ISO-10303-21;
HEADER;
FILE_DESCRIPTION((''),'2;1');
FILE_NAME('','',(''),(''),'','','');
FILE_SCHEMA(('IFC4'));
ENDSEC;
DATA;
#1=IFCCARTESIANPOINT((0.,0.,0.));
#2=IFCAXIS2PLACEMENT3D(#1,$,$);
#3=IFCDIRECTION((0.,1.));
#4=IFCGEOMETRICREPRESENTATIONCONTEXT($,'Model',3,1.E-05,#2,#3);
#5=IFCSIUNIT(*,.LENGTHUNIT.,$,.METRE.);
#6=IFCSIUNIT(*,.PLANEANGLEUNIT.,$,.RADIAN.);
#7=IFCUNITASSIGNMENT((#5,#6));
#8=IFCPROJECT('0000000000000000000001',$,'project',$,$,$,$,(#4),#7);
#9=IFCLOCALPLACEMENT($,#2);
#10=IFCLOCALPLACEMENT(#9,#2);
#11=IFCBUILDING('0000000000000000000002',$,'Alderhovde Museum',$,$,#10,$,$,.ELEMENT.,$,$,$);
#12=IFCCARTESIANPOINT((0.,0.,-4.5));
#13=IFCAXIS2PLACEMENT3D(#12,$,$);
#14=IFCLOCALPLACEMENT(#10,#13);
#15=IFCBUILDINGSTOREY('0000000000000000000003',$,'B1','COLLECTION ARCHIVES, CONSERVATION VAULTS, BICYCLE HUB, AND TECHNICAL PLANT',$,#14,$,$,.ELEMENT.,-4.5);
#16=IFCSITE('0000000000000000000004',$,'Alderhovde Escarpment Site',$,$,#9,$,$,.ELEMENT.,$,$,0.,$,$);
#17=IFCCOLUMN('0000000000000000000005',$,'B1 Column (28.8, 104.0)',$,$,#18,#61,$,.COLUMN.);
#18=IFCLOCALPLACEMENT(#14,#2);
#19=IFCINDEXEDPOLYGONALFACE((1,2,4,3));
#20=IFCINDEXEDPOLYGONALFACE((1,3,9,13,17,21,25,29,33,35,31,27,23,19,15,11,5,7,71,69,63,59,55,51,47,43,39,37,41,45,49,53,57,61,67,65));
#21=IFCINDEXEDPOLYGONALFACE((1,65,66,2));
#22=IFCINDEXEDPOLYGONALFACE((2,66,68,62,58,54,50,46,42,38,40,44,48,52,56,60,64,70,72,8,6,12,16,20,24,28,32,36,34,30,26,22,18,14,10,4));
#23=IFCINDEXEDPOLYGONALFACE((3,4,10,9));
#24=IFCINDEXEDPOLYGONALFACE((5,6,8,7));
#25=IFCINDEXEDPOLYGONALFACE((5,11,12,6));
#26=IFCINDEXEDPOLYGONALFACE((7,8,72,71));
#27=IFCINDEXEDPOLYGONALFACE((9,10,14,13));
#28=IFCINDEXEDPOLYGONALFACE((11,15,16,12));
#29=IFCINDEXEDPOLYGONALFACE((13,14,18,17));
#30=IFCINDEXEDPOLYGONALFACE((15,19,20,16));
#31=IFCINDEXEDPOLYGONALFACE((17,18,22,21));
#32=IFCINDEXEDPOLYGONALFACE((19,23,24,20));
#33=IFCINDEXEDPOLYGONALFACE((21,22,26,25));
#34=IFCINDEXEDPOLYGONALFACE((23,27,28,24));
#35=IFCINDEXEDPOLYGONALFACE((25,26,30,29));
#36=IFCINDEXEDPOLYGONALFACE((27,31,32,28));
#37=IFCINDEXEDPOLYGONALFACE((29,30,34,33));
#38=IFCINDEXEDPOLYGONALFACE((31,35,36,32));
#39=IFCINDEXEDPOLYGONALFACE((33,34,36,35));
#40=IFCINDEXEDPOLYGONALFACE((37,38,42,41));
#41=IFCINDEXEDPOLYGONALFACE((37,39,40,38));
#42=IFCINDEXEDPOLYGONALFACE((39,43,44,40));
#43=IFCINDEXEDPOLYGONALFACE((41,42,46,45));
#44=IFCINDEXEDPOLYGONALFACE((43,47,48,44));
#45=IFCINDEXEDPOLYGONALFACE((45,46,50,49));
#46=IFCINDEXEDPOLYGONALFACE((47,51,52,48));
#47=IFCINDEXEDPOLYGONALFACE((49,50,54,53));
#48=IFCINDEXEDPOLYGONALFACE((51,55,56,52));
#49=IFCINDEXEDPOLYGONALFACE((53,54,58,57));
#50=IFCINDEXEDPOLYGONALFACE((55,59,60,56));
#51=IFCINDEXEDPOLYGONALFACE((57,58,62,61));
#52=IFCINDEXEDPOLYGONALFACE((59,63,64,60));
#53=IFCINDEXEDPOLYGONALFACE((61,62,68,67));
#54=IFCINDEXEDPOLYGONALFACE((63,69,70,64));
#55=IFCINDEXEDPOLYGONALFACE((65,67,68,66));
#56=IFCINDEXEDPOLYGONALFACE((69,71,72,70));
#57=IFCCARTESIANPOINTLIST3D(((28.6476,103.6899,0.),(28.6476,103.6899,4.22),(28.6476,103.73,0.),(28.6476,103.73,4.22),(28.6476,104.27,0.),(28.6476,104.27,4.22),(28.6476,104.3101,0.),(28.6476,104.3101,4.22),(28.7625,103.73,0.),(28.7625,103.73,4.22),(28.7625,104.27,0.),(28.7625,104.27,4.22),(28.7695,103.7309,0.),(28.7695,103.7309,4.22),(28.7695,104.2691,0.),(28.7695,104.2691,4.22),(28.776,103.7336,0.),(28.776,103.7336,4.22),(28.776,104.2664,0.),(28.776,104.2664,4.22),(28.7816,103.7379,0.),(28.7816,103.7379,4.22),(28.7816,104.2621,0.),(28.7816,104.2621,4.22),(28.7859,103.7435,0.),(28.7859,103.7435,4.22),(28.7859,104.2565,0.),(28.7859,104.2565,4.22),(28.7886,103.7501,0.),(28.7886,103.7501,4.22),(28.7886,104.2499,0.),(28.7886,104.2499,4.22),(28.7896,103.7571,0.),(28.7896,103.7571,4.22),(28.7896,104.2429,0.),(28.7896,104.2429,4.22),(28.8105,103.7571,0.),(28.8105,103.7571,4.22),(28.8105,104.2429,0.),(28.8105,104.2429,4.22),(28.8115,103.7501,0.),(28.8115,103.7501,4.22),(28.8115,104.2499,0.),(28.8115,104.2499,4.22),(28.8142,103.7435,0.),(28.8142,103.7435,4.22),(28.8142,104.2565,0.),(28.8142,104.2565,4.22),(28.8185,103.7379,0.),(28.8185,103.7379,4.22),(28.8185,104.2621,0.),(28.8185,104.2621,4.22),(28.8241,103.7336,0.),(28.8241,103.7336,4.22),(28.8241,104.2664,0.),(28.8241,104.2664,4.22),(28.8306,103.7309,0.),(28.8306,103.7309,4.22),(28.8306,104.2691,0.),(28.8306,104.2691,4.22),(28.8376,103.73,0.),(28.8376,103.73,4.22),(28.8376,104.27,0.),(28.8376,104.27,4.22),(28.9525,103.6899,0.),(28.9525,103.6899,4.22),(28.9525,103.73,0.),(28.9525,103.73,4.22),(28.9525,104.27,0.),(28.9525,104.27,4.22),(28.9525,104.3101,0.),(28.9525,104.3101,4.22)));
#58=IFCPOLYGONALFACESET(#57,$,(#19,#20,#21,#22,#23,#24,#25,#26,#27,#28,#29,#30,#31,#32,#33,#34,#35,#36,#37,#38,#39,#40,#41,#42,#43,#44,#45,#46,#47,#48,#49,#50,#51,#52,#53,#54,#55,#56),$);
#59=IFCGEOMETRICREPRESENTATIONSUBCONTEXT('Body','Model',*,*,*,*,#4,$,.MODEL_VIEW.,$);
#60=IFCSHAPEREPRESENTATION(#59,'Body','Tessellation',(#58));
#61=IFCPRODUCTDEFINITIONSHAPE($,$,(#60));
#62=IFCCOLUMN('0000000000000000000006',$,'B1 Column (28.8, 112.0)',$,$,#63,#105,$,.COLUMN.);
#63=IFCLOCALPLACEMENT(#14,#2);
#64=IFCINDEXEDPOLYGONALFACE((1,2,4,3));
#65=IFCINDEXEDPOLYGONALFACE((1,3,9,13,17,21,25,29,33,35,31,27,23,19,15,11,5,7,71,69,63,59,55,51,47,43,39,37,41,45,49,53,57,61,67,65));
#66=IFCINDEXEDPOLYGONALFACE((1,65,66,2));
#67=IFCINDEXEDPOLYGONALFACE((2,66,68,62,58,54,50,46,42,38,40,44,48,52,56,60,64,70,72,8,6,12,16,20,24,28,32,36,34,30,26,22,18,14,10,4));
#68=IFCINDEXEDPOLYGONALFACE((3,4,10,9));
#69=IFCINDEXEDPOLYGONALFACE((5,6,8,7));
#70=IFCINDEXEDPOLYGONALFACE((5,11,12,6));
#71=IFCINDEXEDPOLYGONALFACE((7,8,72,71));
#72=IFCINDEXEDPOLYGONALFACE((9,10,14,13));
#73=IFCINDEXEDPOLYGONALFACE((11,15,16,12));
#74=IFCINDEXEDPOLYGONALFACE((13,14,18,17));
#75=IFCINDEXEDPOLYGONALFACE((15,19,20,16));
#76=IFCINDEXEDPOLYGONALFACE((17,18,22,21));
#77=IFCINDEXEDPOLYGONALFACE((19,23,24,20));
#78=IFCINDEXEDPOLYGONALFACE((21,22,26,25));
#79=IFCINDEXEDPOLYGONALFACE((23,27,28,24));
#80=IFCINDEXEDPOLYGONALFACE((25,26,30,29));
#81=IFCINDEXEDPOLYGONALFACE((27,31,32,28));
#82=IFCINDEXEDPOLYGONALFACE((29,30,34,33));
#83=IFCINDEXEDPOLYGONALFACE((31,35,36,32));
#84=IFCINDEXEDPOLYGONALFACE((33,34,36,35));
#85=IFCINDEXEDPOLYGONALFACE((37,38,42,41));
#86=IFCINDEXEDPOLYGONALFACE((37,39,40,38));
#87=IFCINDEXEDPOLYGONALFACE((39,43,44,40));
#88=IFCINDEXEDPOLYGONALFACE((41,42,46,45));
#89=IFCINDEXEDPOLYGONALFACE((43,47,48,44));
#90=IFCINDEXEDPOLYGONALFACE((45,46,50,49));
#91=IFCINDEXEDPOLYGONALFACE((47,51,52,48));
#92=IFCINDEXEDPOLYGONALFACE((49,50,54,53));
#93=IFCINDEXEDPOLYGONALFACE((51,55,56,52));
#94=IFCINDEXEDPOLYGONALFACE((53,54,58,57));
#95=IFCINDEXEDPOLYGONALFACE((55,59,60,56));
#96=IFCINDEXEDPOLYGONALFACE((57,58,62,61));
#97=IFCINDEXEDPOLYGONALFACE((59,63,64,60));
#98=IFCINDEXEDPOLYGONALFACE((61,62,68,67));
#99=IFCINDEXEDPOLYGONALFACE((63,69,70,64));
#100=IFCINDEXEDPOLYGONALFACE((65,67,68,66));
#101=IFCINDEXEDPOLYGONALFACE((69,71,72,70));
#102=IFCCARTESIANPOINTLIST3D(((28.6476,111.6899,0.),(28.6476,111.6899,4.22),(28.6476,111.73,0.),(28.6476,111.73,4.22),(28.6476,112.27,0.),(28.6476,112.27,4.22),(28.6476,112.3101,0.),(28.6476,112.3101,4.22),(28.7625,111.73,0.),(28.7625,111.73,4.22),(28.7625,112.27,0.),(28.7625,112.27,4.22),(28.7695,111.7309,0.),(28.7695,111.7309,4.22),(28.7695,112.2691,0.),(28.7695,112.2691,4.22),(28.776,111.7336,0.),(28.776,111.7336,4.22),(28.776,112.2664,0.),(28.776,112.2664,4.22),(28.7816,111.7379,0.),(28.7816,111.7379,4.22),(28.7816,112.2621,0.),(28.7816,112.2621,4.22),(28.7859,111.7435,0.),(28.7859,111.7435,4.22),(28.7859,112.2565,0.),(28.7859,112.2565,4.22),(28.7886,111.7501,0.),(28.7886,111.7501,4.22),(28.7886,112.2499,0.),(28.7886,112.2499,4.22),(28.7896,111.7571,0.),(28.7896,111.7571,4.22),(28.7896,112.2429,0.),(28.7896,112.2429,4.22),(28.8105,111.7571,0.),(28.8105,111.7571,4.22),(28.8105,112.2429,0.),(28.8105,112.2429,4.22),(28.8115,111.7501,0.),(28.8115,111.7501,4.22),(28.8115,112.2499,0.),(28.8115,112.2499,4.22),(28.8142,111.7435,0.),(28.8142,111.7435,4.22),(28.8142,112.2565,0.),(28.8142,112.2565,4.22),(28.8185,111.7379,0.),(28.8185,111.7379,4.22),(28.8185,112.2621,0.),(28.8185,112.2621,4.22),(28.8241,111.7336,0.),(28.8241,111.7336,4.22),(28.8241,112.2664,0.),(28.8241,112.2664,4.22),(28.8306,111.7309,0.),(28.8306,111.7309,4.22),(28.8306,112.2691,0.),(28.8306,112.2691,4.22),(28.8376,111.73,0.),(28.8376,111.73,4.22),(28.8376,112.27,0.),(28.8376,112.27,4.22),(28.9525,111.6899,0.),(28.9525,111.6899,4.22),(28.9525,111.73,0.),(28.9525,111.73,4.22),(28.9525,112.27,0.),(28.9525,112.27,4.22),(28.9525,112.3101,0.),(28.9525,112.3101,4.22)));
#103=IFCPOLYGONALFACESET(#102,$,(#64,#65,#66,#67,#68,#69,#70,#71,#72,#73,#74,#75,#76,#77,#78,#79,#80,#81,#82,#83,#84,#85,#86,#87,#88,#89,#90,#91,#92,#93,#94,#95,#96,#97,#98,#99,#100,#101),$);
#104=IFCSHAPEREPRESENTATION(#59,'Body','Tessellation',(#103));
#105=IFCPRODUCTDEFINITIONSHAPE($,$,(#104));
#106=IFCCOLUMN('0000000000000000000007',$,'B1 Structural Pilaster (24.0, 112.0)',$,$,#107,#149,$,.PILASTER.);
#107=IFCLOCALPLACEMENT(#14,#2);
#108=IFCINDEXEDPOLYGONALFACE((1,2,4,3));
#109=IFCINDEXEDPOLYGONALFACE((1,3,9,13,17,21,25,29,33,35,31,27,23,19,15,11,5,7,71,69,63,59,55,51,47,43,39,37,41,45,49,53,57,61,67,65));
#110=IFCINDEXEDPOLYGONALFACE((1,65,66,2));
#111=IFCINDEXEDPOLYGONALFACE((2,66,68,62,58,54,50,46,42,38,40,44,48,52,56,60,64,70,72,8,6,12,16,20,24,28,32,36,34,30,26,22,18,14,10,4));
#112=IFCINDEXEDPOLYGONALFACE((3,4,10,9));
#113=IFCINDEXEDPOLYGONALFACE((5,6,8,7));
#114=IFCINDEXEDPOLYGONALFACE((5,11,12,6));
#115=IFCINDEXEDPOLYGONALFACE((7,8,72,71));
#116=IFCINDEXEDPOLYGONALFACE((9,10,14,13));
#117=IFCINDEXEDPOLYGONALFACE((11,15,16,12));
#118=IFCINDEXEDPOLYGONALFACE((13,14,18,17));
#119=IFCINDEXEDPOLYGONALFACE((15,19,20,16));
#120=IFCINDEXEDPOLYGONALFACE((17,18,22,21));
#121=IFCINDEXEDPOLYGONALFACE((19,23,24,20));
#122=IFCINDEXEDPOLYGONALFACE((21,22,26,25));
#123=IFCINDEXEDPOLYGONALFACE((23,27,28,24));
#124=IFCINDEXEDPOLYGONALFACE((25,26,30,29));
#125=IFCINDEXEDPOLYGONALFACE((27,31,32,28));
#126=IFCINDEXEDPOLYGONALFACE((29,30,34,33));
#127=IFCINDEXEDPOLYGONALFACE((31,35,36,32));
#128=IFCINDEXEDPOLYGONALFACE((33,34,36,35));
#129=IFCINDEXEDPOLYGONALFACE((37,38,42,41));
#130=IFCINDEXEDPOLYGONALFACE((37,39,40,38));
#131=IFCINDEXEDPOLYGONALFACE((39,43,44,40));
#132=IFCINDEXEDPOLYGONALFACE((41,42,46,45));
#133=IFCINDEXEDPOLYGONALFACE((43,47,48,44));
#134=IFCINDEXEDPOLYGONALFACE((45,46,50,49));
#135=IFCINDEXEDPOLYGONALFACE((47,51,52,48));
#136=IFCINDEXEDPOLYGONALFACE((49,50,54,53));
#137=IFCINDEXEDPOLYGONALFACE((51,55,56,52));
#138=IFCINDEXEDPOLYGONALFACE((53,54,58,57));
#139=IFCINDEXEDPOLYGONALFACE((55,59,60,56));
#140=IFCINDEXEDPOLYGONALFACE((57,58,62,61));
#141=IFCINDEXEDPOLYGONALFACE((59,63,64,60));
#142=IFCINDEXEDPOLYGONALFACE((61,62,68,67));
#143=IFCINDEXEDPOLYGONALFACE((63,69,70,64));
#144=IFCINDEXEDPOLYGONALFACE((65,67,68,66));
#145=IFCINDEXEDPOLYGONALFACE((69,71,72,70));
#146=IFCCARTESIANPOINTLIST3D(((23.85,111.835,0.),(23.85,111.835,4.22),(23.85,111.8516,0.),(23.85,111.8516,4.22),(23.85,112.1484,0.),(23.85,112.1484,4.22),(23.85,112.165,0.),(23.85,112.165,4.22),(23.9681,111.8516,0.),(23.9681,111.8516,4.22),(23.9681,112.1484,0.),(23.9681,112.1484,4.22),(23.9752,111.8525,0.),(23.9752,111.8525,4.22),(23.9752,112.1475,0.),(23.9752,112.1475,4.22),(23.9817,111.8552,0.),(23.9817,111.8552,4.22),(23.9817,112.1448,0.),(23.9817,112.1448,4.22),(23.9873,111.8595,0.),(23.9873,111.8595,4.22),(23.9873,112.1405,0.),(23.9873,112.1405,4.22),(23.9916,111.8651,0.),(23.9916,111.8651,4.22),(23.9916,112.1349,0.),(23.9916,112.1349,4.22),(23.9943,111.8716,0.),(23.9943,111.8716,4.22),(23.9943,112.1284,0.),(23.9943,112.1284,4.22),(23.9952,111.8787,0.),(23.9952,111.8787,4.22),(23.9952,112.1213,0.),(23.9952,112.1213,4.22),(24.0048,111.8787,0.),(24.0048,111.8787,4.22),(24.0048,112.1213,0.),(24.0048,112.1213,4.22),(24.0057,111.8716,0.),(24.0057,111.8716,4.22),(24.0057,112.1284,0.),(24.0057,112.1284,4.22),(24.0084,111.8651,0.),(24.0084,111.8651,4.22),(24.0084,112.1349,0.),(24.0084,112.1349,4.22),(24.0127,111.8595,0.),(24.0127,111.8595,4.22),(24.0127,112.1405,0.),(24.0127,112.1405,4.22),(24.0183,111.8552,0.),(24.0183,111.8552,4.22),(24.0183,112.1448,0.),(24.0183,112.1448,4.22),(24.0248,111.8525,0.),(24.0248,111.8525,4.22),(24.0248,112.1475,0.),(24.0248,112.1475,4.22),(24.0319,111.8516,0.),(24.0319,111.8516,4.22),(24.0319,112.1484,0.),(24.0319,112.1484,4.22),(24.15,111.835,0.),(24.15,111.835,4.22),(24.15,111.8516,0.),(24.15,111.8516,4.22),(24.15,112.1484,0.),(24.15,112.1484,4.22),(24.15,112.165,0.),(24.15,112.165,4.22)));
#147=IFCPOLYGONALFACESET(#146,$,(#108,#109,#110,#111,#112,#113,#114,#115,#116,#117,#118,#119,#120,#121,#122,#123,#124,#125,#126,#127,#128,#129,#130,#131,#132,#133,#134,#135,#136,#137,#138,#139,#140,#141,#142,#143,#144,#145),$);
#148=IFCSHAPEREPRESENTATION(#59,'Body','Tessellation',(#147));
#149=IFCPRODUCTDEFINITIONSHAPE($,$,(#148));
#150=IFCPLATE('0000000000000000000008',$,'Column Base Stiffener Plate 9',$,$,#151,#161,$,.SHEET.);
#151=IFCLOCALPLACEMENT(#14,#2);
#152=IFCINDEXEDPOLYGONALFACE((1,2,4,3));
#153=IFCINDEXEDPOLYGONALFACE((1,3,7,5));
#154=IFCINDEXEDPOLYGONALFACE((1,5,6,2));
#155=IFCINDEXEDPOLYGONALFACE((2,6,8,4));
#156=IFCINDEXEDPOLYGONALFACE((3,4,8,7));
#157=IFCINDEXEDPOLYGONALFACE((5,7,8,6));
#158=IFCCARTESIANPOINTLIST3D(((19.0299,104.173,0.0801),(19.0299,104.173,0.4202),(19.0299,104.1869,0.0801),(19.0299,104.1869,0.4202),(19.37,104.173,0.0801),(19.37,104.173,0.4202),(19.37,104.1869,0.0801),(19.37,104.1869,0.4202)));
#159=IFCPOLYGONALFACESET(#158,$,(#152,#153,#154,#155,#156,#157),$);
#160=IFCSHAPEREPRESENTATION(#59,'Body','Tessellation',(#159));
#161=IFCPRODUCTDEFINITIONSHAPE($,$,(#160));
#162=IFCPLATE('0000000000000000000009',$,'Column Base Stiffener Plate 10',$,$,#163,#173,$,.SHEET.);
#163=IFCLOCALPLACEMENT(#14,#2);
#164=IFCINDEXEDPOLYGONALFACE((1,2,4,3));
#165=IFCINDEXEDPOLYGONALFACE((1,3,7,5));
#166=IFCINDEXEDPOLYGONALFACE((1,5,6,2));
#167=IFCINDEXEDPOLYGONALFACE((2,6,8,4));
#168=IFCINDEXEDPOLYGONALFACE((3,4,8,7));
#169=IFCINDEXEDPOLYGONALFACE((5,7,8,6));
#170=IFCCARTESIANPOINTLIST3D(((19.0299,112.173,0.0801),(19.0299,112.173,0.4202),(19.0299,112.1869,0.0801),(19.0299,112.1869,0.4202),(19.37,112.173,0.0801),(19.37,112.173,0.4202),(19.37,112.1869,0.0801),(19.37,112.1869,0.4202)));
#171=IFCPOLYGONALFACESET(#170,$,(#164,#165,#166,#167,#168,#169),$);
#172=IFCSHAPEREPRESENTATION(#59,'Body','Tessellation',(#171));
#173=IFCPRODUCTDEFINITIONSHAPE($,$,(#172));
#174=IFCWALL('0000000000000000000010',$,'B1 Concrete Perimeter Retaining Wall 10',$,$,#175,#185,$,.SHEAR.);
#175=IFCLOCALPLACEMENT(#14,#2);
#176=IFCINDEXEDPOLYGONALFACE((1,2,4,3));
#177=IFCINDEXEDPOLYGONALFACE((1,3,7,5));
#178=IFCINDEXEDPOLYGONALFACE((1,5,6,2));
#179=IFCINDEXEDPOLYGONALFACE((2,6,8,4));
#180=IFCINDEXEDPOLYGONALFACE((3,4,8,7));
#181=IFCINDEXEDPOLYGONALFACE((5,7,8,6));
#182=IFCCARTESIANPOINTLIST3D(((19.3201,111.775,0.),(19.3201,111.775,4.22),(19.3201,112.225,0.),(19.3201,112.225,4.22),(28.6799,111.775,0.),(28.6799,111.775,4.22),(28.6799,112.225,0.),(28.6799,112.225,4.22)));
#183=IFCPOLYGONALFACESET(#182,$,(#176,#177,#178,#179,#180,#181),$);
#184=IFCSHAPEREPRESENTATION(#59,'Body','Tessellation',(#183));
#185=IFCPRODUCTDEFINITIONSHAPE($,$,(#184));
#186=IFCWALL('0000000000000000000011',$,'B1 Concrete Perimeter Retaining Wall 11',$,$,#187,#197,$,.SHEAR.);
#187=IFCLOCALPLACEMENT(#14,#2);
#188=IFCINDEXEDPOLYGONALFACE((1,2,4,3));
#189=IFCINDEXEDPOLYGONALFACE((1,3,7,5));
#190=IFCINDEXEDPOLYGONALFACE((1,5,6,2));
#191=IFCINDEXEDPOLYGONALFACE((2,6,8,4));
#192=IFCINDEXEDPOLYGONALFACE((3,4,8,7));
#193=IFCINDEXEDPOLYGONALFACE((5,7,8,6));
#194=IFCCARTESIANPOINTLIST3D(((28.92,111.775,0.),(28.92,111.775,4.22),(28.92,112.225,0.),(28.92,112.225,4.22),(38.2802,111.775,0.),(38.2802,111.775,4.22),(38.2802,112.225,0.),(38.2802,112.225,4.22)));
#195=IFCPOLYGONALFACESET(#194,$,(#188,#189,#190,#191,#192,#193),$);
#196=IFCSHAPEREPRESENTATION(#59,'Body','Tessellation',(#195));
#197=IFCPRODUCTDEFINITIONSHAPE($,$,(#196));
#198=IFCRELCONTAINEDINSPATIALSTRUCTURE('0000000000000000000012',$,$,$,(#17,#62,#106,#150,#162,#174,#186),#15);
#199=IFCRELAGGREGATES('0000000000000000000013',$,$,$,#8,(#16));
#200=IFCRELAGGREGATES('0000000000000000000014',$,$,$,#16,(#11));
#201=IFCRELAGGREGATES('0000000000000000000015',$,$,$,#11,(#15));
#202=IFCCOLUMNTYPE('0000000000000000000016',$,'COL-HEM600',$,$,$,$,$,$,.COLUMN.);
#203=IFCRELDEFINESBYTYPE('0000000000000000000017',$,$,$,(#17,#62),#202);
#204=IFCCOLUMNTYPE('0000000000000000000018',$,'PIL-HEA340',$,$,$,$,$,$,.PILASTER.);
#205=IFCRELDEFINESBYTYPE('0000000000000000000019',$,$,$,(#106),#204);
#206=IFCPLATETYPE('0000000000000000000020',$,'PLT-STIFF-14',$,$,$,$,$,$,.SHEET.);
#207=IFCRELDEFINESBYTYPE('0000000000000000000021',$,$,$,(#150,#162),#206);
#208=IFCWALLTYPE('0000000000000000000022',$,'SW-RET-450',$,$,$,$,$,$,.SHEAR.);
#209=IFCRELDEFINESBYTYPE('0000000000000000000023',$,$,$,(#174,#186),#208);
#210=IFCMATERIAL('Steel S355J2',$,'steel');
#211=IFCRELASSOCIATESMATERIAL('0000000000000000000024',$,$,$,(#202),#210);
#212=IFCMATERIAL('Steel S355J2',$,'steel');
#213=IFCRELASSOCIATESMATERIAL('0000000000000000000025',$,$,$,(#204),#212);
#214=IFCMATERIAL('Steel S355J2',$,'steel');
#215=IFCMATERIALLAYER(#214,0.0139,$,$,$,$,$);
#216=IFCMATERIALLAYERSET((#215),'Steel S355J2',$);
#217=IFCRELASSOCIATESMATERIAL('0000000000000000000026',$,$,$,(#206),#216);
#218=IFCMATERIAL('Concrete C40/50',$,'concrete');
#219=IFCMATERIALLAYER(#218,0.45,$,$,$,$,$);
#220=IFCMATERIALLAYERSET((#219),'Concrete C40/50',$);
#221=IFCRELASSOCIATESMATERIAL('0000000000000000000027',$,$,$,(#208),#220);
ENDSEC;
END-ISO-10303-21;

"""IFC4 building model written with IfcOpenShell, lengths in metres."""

from ifc_helpers import new_model, si_unit, direction, frame, frame_2d, origin, origin_2d, place, context, subcontext, project, spatial, rectangle, i_section, extrude, material, layer, layer_set, material_profile, profile_set, type_object, element, save


model = new_model("IFC4")

# Units and contexts
model_context = context("Model", 3, precision=1e-05, world=origin(), true_north=direction((0.0, 1.0)))
body_context = subcontext(model_context, "Body", "Model", "MODEL_VIEW")
ifc_project = project(units=[si_unit("LENGTHUNIT", "METRE"), si_unit("PLANEANGLEUNIT", "RADIAN")], contexts=[model_context])

# Site, building, storey
site_placement = place(None, origin())
site = spatial("IfcSite", under=ifc_project, at=site_placement, Name="Alderhovde Escarpment Site", CompositionType="ELEMENT", RefElevation=0.0)
building_placement = place(site_placement, origin())
building = spatial("IfcBuilding", under=site, at=building_placement, Name="Alderhovde Museum", CompositionType="ELEMENT")
storey_placement = place(building_placement, frame((0.0, 0.0, -4.5)))
storey = spatial("IfcBuildingStorey", under=building, at=storey_placement, Name="B1", Description="COLLECTION ARCHIVES, CONSERVATION VAULTS, BICYCLE HUB, AND TECHNICAL PLANT", CompositionType="ELEMENT", Elevation=-4.5)

# Columns
ifc_material_1 = material(Name="Steel S355J2", Category="steel")
ifc_material_profile_1 = material_profile(ifc_material_1, i_section(OverallWidth=0.3049, OverallDepth=0.6201, WebThickness=0.021, FlangeThickness=0.04, FilletRadius=0.0271, at=origin_2d()), Name="HEM 600")
ifc_profile_set_1 = profile_set([ifc_material_profile_1], Name="Steel S355J2")
column_type_1 = type_object("IfcColumnType", Name="COL-HEM600", PredefinedType="COLUMN", material=ifc_profile_set_1)
for number, where, z_axis, x_axis, name in (
    (1, (28.8, 104.0, 0.0), (0.0, 0.0, 1.0), (1.0, 0.0, 0.0), "B1 Column (28.8, 104.0)"),
    (2, (28.8, 112.0, 0.0), (0.0, 0.0, 1.0), (1.0, 0.0, 0.0), "B1 Column (28.8, 112.0)"),
):
    element("IfcColumn", number, at=place(storey_placement, frame(where, z_axis=z_axis, x_axis=x_axis)), inside=storey, type_object=column_type_1, Name=name, PredefinedType="COLUMN", context=body_context, shape_type="SweptSolid", body=[
        extrude(i_section(OverallWidth=0.3049, OverallDepth=0.6201, WebThickness=0.021, FlangeThickness=0.04, FilletRadius=0.0271, at=origin_2d()), origin(), (0.0, 0.0, 1.0), 4.22),
    ])
ifc_material_2 = material(Name="Steel S355J2", Category="steel")
ifc_material_profile_2 = material_profile(ifc_material_2, i_section(OverallWidth=0.3, OverallDepth=0.3301, WebThickness=0.0095, FlangeThickness=0.0166, FilletRadius=0.0271, at=origin_2d()), Name="HEA 340")
ifc_profile_set_2 = profile_set([ifc_material_profile_2], Name="Steel S355J2")
column_type_2 = type_object("IfcColumnType", Name="PIL-HEA340", PredefinedType="PILASTER", material=ifc_profile_set_2)
column_placement = place(storey_placement, frame((24.0, 112.0, 0.0), z_axis=(0.0, 0.0, 1.0), x_axis=(1.0, 0.0, 0.0)))
element("IfcColumn", 3, at=column_placement, inside=storey, type_object=column_type_2, Name="B1 Structural Pilaster (24.0, 112.0)", PredefinedType="PILASTER", context=body_context, shape_type="SweptSolid", body=[
    extrude(i_section(OverallWidth=0.3, OverallDepth=0.3301, WebThickness=0.0095, FlangeThickness=0.0166, FilletRadius=0.0271, at=origin_2d()), origin(), (0.0, 0.0, 1.0), 4.22),
])

# Plates
ifc_material_3 = material(Name="Steel S355J2", Category="steel")
ifc_layer_1 = layer(ifc_material_3, 0.0139)
ifc_layer_set_1 = layer_set([ifc_layer_1], Name="Steel S355J2")
plate_type = type_object("IfcPlateType", Name="PLT-STIFF-14", PredefinedType="SHEET", material=ifc_layer_set_1)
for number, where, z_axis, x_axis, name in (
    (4, (19.2, 104.1799, 0.0801), (0.0, 0.0, 1.0), (1.0, 0.0, 0.0), "Column Base Stiffener Plate 9"),
    (5, (19.2, 112.1799, 0.0801), (0.0, 0.0, 1.0), (1.0, 0.0, 0.0), "Column Base Stiffener Plate 10"),
):
    element("IfcPlate", number, at=place(storey_placement, frame(where, z_axis=z_axis, x_axis=x_axis)), inside=storey, type_object=plate_type, Name=name, PredefinedType="SHEET", context=body_context, shape_type="SweptSolid", body=[
        extrude(rectangle(XDim=0.3401, YDim=0.0139, at=origin_2d()), origin(), (0.0, 0.0, 1.0), 0.3401),
    ])

# Walls
ifc_material_4 = material(Name="Concrete C40/50", Category="concrete")
ifc_layer_2 = layer(ifc_material_4, 0.45)
ifc_layer_set_2 = layer_set([ifc_layer_2], Name="Concrete C40/50")
wall_type = type_object("IfcWallType", Name="SW-RET-450", PredefinedType="SHEAR", material=ifc_layer_set_2)
wall_1_placement = place(storey_placement, frame((19.3201, 112.0, 0.0), z_axis=(0.0, 0.0, 1.0), x_axis=(1.0, 0.0, 0.0)))
element("IfcWall", 6, at=wall_1_placement, inside=storey, type_object=wall_type, Name="B1 Concrete Perimeter Retaining Wall 10", PredefinedType="SHEAR", context=body_context, shape_type="SweptSolid", body=[
    extrude(rectangle(XDim=9.3599, YDim=0.45, at=frame_2d((4.6799, 0.0))), origin(), (0.0, 0.0, 1.0), 4.22),
])
wall_2_placement = place(storey_placement, frame((28.9199, 112.0, 0.0), z_axis=(0.0, 0.0, 1.0), x_axis=(1.0, 0.0, 0.0)))
element("IfcWall", 7, at=wall_2_placement, inside=storey, type_object=wall_type, Name="B1 Concrete Perimeter Retaining Wall 11", PredefinedType="SHEAR", context=body_context, shape_type="SweptSolid", body=[
    extrude(rectangle(XDim=9.3601, YDim=0.45, at=frame_2d((4.6802, 0.0))), origin(), (0.0, 0.0, 1.0), 4.22),
])

save(model, "model.ifc")
